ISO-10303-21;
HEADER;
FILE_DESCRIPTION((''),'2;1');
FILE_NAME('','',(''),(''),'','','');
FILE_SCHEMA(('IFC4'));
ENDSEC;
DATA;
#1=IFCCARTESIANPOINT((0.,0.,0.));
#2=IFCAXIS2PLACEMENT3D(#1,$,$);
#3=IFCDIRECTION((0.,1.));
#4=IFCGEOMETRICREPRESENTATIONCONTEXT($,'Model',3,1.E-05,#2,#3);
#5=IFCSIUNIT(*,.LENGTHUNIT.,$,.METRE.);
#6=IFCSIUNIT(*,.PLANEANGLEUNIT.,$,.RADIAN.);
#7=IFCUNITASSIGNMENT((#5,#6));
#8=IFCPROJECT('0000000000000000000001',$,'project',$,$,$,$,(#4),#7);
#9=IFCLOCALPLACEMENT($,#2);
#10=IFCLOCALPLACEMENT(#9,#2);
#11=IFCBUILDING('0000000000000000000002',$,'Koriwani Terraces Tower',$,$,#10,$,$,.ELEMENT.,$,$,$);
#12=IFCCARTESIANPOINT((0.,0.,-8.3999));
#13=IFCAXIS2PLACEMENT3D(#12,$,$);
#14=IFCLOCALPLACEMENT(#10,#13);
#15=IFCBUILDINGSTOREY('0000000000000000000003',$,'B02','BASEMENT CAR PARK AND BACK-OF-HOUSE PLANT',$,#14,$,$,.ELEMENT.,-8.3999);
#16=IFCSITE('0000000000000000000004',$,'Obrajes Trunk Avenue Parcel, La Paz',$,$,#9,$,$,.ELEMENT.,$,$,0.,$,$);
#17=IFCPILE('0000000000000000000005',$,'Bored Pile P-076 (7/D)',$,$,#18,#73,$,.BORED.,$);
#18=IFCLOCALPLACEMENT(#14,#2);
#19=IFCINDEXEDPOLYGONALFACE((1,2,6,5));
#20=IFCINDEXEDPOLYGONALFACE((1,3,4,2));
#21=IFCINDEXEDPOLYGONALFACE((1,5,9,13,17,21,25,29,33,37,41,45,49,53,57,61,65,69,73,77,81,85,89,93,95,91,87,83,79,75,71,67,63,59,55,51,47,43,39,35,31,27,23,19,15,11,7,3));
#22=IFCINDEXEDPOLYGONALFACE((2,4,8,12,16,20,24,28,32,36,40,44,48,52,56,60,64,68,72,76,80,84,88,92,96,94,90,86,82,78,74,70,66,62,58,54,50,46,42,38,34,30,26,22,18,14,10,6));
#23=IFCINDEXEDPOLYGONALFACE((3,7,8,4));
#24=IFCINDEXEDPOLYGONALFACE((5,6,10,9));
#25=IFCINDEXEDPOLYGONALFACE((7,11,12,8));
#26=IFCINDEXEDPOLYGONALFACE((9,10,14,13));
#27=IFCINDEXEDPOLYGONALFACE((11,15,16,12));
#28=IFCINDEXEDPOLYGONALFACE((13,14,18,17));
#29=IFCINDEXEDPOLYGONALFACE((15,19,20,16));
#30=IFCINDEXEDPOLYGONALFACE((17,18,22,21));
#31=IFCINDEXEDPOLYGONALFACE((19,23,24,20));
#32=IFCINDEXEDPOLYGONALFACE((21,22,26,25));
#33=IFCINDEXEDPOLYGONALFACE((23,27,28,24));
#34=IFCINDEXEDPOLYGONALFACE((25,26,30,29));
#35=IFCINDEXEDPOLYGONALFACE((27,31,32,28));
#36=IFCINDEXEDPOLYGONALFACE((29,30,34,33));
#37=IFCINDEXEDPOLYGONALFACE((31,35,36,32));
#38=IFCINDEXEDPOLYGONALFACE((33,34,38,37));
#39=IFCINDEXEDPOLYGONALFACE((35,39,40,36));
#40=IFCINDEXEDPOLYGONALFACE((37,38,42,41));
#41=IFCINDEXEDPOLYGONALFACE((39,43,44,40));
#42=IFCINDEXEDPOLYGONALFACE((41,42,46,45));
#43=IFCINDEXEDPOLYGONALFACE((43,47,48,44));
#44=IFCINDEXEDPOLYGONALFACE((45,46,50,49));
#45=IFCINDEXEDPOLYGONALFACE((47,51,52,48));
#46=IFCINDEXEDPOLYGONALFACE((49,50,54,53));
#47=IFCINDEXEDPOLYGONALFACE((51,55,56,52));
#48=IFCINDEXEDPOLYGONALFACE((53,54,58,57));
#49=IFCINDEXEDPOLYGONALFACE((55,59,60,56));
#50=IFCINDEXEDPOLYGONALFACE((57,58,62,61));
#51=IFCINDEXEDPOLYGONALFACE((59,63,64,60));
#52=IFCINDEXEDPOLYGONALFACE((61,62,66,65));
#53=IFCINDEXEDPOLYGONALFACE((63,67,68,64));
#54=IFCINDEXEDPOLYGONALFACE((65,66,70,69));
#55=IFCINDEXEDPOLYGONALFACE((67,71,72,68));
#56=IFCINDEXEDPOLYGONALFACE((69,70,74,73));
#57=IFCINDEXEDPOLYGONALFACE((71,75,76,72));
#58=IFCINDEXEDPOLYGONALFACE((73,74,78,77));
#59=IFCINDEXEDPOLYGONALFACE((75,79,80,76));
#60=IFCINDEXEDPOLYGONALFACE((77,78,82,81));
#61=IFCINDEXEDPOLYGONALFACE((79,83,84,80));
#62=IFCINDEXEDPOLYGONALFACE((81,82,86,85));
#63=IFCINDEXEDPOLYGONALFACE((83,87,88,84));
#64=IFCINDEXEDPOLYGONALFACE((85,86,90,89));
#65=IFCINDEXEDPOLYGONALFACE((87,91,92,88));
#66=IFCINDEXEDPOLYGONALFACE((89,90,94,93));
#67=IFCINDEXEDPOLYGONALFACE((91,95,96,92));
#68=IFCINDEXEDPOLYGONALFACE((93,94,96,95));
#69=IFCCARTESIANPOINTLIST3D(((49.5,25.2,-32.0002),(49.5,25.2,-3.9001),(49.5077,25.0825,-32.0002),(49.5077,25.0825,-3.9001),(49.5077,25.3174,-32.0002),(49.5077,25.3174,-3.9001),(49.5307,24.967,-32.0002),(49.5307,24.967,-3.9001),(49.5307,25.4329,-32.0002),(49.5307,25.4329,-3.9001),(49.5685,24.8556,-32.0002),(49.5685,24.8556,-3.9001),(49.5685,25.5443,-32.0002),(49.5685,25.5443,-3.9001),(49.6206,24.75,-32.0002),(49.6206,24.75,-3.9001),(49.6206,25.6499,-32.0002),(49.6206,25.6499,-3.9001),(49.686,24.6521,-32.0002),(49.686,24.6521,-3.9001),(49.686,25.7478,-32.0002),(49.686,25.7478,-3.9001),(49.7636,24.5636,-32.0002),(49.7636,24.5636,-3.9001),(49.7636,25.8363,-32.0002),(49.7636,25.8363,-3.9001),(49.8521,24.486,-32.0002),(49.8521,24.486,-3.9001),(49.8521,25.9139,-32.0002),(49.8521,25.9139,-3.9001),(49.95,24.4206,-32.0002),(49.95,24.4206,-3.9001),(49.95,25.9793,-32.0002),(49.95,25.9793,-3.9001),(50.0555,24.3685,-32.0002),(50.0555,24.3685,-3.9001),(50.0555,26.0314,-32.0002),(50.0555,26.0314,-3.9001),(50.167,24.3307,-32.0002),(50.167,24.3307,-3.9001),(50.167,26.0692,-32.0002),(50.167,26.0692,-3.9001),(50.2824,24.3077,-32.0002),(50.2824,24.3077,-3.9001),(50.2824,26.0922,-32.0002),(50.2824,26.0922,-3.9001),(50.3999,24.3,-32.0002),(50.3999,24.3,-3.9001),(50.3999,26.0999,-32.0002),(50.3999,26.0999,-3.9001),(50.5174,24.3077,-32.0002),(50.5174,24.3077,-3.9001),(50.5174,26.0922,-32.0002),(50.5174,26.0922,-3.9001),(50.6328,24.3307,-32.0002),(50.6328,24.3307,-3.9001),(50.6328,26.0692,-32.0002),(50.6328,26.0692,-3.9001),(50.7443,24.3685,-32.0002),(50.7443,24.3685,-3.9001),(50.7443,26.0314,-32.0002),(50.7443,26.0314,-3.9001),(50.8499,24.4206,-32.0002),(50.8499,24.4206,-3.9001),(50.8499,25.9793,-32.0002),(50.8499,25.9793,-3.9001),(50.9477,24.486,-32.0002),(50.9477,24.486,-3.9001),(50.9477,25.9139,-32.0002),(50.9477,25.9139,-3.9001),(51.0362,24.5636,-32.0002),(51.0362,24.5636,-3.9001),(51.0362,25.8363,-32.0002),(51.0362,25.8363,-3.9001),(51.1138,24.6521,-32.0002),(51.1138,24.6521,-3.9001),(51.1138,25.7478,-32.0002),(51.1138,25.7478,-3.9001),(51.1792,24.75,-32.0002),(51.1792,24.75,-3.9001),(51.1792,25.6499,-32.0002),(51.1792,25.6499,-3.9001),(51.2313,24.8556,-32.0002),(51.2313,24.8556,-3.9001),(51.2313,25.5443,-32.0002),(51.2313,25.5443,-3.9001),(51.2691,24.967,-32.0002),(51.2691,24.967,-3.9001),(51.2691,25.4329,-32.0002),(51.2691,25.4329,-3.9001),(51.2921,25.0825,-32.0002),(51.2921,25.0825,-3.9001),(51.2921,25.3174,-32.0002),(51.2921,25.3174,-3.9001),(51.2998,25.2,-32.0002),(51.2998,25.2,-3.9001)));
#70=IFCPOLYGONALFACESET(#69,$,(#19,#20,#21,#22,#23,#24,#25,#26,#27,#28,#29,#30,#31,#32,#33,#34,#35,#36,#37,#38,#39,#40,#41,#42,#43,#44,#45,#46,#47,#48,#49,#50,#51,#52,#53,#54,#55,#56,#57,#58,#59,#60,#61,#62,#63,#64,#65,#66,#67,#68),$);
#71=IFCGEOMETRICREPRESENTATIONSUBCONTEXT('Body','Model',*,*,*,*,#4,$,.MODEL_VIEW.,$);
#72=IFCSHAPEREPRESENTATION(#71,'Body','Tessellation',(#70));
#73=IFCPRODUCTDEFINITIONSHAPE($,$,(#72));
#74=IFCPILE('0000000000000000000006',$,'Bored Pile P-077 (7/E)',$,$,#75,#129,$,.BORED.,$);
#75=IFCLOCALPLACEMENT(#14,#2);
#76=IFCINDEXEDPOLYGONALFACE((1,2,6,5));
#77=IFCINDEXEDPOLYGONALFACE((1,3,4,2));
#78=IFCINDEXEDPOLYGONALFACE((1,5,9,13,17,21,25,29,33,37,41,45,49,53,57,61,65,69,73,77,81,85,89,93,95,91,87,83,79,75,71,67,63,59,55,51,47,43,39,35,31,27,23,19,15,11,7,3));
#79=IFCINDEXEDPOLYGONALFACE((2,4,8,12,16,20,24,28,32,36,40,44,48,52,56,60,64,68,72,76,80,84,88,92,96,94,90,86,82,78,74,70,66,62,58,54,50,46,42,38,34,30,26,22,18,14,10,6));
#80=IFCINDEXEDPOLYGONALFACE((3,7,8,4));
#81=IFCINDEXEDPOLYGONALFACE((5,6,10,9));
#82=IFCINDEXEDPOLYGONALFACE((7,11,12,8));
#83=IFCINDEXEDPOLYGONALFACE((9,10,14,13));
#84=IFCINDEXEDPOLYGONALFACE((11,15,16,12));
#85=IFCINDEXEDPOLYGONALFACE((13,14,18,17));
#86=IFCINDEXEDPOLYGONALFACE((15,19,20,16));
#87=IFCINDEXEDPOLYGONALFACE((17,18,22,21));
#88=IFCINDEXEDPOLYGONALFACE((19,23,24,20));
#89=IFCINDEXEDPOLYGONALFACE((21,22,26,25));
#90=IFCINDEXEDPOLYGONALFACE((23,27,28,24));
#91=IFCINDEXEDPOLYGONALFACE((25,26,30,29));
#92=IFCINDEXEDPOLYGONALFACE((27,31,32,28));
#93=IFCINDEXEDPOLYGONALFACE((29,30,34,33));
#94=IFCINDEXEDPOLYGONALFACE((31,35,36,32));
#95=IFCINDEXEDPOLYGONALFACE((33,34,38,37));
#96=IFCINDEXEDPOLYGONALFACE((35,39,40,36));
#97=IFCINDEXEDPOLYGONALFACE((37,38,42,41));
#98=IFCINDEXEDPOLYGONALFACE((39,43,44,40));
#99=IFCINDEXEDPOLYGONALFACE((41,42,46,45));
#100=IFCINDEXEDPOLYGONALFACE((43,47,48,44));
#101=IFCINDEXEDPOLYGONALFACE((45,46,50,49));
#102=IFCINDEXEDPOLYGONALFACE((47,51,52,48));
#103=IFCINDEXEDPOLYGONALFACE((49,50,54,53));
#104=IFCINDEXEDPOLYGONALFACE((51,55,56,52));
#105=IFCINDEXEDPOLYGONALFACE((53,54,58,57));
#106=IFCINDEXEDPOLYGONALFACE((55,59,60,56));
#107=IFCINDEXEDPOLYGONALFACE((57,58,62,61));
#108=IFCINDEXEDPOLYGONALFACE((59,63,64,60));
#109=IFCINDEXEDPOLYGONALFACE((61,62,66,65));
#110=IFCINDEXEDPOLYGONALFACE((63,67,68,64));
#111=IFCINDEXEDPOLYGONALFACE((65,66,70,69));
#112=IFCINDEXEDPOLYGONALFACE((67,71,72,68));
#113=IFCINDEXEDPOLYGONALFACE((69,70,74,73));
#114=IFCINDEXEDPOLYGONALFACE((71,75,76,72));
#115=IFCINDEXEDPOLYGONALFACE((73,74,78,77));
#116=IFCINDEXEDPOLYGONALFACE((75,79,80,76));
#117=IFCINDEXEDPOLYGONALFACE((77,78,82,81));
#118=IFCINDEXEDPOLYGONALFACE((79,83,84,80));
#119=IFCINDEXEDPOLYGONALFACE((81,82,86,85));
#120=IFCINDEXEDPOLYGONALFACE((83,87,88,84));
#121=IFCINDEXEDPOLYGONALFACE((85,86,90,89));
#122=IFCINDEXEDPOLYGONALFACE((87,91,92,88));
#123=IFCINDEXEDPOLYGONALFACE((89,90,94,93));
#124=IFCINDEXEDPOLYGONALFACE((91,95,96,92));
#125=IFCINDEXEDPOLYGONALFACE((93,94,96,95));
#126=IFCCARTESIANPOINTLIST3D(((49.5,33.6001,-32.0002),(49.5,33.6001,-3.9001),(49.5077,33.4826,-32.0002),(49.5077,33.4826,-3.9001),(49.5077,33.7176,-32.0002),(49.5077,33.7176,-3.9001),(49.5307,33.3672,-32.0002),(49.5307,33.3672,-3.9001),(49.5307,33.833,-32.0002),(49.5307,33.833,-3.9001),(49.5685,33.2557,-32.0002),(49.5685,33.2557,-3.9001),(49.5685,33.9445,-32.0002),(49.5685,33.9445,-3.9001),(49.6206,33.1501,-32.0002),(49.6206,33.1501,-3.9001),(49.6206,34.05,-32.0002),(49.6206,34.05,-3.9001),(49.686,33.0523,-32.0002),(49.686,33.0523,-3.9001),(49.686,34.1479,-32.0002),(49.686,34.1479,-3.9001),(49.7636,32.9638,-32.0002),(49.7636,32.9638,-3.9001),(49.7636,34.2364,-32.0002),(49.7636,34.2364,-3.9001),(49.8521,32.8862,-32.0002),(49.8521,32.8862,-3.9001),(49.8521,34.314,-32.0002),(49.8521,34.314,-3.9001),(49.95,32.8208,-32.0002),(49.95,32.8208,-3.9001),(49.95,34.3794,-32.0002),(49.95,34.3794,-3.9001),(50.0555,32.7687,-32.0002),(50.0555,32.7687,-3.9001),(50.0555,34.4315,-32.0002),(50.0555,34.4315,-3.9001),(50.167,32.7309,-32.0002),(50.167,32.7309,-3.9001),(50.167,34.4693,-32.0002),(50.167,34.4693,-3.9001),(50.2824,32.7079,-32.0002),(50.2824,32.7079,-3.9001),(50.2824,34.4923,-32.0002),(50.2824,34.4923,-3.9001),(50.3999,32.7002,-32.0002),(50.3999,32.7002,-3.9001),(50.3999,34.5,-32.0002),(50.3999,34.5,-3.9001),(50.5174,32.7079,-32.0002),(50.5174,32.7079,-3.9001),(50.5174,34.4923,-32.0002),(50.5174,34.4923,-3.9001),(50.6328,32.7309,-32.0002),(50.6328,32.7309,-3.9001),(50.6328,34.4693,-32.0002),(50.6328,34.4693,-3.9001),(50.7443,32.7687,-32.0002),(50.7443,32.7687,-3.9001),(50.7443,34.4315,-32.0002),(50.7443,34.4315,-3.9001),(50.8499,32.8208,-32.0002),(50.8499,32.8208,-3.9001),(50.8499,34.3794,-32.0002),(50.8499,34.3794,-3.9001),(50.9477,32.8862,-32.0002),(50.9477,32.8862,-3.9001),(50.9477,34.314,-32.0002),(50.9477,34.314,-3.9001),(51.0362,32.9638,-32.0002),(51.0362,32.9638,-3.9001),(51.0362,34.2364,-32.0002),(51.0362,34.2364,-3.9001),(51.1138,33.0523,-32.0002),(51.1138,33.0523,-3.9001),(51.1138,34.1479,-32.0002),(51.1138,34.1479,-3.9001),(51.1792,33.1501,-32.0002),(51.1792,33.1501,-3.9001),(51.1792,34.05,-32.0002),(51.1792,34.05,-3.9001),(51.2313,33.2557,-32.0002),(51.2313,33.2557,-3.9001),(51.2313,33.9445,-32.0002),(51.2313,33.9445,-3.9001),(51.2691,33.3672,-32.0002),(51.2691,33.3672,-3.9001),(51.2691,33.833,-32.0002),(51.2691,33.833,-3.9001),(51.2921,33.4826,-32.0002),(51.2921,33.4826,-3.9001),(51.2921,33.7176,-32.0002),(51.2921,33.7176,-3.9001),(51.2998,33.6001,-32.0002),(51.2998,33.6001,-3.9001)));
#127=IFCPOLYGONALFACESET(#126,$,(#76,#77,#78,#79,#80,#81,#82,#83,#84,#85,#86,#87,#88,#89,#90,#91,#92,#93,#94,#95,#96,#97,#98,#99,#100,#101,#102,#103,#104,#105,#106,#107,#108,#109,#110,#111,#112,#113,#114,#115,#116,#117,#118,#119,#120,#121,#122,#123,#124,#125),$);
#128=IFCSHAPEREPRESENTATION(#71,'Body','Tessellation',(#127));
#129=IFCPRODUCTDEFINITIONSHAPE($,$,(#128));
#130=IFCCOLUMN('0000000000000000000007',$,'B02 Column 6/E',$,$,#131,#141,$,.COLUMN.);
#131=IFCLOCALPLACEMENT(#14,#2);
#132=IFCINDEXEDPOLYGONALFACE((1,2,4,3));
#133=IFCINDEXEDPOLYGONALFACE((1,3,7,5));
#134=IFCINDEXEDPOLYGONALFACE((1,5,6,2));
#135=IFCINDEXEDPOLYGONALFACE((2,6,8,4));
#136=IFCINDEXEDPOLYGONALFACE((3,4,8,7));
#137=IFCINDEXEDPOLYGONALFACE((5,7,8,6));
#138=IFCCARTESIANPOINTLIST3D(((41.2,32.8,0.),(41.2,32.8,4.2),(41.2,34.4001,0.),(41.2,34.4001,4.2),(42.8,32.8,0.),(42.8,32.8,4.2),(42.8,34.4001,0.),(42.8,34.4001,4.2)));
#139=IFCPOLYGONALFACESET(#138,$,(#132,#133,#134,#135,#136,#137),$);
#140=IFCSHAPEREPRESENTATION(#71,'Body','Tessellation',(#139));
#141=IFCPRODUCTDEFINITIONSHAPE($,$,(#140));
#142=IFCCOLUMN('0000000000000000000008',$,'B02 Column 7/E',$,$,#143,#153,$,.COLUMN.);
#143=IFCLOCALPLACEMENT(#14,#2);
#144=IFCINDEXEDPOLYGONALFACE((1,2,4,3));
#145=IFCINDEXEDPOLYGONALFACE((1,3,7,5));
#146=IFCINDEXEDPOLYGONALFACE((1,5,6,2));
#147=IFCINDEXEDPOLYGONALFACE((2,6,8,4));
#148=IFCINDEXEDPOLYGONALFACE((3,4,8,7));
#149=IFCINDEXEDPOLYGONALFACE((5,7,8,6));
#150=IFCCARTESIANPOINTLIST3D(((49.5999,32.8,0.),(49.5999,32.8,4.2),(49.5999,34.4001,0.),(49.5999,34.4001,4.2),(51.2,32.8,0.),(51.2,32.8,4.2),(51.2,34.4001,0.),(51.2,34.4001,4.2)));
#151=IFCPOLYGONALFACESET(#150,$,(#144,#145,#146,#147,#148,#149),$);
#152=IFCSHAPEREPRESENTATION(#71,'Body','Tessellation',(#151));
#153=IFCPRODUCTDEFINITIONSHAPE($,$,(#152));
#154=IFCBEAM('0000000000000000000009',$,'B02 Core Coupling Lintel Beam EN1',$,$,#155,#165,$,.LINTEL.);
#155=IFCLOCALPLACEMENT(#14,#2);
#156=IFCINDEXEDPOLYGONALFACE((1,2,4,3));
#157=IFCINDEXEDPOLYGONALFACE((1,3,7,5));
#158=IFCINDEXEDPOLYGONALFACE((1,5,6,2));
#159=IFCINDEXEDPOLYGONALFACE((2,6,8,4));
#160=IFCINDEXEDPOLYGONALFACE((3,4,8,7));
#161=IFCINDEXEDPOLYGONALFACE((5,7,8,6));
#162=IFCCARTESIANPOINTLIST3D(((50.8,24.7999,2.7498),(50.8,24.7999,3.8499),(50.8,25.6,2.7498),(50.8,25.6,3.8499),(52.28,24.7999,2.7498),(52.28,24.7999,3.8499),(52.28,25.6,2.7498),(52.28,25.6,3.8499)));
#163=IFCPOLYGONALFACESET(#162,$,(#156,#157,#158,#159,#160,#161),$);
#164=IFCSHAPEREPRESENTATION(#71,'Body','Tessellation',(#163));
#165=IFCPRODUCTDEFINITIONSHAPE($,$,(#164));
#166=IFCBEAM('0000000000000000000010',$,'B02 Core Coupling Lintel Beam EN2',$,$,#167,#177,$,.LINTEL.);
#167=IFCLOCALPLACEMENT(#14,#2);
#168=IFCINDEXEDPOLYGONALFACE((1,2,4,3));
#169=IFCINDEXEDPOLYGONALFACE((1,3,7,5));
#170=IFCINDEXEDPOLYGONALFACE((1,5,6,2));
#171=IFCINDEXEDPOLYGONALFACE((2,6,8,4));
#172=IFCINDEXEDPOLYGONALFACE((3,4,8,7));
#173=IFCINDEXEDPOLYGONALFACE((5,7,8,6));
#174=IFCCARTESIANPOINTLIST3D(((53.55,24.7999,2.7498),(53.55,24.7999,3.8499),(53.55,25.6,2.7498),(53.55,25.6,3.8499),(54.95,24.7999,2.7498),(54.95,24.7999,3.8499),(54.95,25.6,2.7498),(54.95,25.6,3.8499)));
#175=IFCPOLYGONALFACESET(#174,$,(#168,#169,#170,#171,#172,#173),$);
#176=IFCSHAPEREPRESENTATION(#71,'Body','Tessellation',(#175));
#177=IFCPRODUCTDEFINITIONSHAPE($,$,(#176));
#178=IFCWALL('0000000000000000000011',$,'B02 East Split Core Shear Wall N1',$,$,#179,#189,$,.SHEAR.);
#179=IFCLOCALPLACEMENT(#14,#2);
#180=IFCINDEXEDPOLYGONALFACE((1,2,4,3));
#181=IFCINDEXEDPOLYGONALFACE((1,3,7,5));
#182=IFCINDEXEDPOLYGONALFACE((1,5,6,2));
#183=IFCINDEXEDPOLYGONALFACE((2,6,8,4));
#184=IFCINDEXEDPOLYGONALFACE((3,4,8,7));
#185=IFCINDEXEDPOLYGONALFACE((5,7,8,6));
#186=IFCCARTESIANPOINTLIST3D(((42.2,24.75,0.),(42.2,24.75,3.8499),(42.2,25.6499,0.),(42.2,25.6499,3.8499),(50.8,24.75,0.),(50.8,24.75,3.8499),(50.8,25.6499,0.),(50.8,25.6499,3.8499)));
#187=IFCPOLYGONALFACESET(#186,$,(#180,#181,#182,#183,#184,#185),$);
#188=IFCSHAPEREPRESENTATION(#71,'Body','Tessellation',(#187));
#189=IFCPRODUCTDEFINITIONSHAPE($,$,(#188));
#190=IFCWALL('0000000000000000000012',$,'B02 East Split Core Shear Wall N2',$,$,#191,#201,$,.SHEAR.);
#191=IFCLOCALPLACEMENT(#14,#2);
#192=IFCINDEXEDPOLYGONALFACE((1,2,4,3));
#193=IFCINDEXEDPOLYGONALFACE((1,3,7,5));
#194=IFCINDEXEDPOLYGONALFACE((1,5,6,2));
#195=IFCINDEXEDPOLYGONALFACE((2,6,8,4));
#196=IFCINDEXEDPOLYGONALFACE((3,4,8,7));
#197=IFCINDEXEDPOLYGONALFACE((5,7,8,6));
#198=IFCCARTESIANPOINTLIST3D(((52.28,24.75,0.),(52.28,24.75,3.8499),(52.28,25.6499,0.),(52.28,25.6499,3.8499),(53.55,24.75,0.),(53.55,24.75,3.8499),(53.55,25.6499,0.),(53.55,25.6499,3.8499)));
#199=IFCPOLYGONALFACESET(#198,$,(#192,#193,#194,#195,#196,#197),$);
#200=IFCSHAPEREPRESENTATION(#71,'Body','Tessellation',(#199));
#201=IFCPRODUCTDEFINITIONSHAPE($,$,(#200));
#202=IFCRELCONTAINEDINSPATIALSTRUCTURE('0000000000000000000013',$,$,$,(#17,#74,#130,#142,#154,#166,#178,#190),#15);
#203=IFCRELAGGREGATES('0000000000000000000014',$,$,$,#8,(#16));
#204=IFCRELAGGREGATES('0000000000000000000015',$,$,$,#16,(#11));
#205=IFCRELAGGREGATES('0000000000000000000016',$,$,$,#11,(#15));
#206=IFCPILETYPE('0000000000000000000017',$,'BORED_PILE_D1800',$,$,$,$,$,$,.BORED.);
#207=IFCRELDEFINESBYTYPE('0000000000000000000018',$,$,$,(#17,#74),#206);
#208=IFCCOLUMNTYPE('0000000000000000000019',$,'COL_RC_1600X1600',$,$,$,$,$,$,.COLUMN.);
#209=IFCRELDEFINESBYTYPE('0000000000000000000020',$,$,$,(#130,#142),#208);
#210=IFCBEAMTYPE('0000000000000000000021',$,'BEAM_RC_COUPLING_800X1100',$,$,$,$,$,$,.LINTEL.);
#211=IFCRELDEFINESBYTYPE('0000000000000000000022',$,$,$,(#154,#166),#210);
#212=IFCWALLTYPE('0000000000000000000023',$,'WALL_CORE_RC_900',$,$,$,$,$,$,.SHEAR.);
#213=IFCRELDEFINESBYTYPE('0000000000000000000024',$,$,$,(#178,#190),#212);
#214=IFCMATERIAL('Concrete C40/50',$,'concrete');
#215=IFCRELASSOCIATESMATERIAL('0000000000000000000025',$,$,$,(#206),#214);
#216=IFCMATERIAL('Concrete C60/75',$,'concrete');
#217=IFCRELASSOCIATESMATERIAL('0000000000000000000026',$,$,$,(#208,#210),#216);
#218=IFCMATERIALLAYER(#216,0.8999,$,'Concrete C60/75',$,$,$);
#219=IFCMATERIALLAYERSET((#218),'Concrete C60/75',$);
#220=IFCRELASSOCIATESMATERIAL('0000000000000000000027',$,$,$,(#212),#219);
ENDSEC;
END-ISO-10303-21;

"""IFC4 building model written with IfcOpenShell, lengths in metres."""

from ifc_helpers import new_model, si_unit, direction, frame, frame_2d, origin, origin_2d, place, context, subcontext, project, spatial, rectangle, circle, extrude, material, layer, layer_set, material_profile, profile_set, type_object, element, save


model = new_model("IFC4")

# Units and contexts
model_context = context("Model", 3, precision=1e-05, world=origin(), true_north=direction((0.0, 1.0)))
body_context = subcontext(model_context, "Body", "Model", "MODEL_VIEW")
ifc_project = project(units=[si_unit("LENGTHUNIT", "METRE"), si_unit("PLANEANGLEUNIT", "RADIAN")], contexts=[model_context])

# Site, building, storey
site_placement = place(None, origin())
site = spatial("IfcSite", under=ifc_project, at=site_placement, Name="Obrajes Trunk Avenue Parcel, La Paz", CompositionType="ELEMENT", RefElevation=0.0)
building_placement = place(site_placement, origin())
building = spatial("IfcBuilding", under=site, at=building_placement, Name="Koriwani Terraces Tower", CompositionType="ELEMENT")
storey_placement = place(building_placement, frame((0.0, 0.0, -8.3999)))
storey = spatial("IfcBuildingStorey", under=building, at=storey_placement, Name="B02", Description="BASEMENT CAR PARK AND BACK-OF-HOUSE PLANT", CompositionType="ELEMENT", Elevation=-8.3999)

# Piles
ifc_material_1 = material(Name="Concrete C40/50", Category="concrete")
ifc_material_profile_1 = material_profile(ifc_material_1, circle(Radius=0.8999, at=origin_2d()), Name="Concrete C40/50")
ifc_profile_set_1 = profile_set([ifc_material_profile_1], Name="Concrete C40/50")
pile_type = type_object("IfcPileType", Name="BORED_PILE_D1800", PredefinedType="BORED", material=ifc_profile_set_1)
for number, where, z_axis, x_axis, name in (
    (1, (50.3999, 25.2, -3.9001), (0.0, 0.0, -1.0), (1.0, 0.0, 0.0), "Bored Pile P-076 (7/D)"),
    (2, (50.3999, 33.6001, -3.9001), (0.0, 0.0, -1.0), (1.0, 0.0, 0.0), "Bored Pile P-077 (7/E)"),
):
    element("IfcPile", number, at=place(storey_placement, frame(where, z_axis=z_axis, x_axis=x_axis)), inside=storey, type_object=pile_type, Name=name, PredefinedType="BORED", context=body_context, shape_type="SweptSolid", body=[
        extrude(circle(Radius=0.8999, at=origin_2d()), origin(), (0.0, 0.0, 1.0), 28.1001),
    ])

# Columns
ifc_material_2 = material(Name="Concrete C60/75", Category="concrete")
ifc_material_profile_2 = material_profile(ifc_material_2, rectangle(XDim=1.6001, YDim=1.6001, at=origin_2d()), Name="Concrete C60/75", Category="LoadBearing")
ifc_profile_set_2 = profile_set([ifc_material_profile_2], Name="Concrete C60/75")
column_type = type_object("IfcColumnType", Name="COL_RC_1600X1600", PredefinedType="COLUMN", material=ifc_profile_set_2)
for number, where, z_axis, x_axis, name in (
    (3, (42.0, 33.6001, 0.0), (0.0, 0.0, 1.0), (1.0, 0.0, 0.0), "B02 Column 6/E"),
    (4, (50.3999, 33.6001, 0.0), (0.0, 0.0, 1.0), (1.0, 0.0, 0.0), "B02 Column 7/E"),
):
    element("IfcColumn", number, at=place(storey_placement, frame(where, z_axis=z_axis, x_axis=x_axis)), inside=storey, type_object=column_type, Name=name, PredefinedType="COLUMN", context=body_context, shape_type="SweptSolid", body=[
        extrude(rectangle(XDim=1.6001, YDim=1.6001, at=origin_2d()), origin(), (0.0, 0.0, 1.0), 4.2),
    ])

# Beams
ifc_material_profile_3 = material_profile(ifc_material_2, rectangle(XDim=0.8, YDim=1.1001, at=origin_2d()), Name="Concrete C60/75", Category="LoadBearing")
ifc_profile_set_3 = profile_set([ifc_material_profile_3], Name="Concrete C60/75")
beam_type = type_object("IfcBeamType", Name="BEAM_RC_COUPLING_800X1100", PredefinedType="LINTEL", material=ifc_profile_set_3)
beam_1_placement = place(storey_placement, frame((50.8, 25.2, 3.2998), z_axis=(1.0, 0.0, 0.0), x_axis=(0.0, 1.0, 0.0)))
element("IfcBeam", 5, at=beam_1_placement, inside=storey, type_object=beam_type, Name="B02 Core Coupling Lintel Beam EN1", PredefinedType="LINTEL", context=body_context, shape_type="SweptSolid", body=[
    extrude(rectangle(XDim=0.8, YDim=1.1001, at=origin_2d()), origin(), (0.0, 0.0, 1.0), 1.48),
])
beam_2_placement = place(storey_placement, frame((53.55, 25.2, 3.2998), z_axis=(1.0, 0.0, 0.0), x_axis=(0.0, 1.0, 0.0)))
element("IfcBeam", 6, at=beam_2_placement, inside=storey, type_object=beam_type, Name="B02 Core Coupling Lintel Beam EN2", PredefinedType="LINTEL", context=body_context, shape_type="SweptSolid", body=[
    extrude(rectangle(XDim=0.8, YDim=1.1001, at=origin_2d()), origin(), (0.0, 0.0, 1.0), 1.3999),
])

# Walls
ifc_layer_1 = layer(ifc_material_2, 0.8999, Name="Concrete C60/75")
ifc_layer_set_1 = layer_set([ifc_layer_1], Name="Concrete C60/75")
wall_type_1 = type_object("IfcWallType", Name="WALL_CORE_RC_900", PredefinedType="SHEAR", material=ifc_layer_set_1)
wall_1_placement = place(storey_placement, frame((42.2, 25.2, 0.0), z_axis=(0.0, 0.0, 1.0), x_axis=(1.0, 0.0, 0.0)))
element("IfcWall", 7, at=wall_1_placement, inside=storey, type_object=wall_type_1, Name="B02 East Split Core Shear Wall N1", PredefinedType="SHEAR", context=body_context, shape_type="SweptSolid", body=[
    extrude(rectangle(XDim=8.6001, YDim=0.8999, at=frame_2d((4.3, 0.0))), origin(), (0.0, 0.0, 1.0), 3.8499),
])
wall_2_placement = place(storey_placement, frame((52.28, 25.2, 0.0), z_axis=(0.0, 0.0, 1.0), x_axis=(1.0, 0.0, 0.0)))
element("IfcWall", 8, at=wall_2_placement, inside=storey, type_object=wall_type_1, Name="B02 East Split Core Shear Wall N2", PredefinedType="SHEAR", context=body_context, shape_type="SweptSolid", body=[
    extrude(rectangle(XDim=1.27, YDim=0.8999, at=frame_2d((0.635, 0.0))), origin(), (0.0, 0.0, 1.0), 3.8499),
])

save(model, "model.ifc")
